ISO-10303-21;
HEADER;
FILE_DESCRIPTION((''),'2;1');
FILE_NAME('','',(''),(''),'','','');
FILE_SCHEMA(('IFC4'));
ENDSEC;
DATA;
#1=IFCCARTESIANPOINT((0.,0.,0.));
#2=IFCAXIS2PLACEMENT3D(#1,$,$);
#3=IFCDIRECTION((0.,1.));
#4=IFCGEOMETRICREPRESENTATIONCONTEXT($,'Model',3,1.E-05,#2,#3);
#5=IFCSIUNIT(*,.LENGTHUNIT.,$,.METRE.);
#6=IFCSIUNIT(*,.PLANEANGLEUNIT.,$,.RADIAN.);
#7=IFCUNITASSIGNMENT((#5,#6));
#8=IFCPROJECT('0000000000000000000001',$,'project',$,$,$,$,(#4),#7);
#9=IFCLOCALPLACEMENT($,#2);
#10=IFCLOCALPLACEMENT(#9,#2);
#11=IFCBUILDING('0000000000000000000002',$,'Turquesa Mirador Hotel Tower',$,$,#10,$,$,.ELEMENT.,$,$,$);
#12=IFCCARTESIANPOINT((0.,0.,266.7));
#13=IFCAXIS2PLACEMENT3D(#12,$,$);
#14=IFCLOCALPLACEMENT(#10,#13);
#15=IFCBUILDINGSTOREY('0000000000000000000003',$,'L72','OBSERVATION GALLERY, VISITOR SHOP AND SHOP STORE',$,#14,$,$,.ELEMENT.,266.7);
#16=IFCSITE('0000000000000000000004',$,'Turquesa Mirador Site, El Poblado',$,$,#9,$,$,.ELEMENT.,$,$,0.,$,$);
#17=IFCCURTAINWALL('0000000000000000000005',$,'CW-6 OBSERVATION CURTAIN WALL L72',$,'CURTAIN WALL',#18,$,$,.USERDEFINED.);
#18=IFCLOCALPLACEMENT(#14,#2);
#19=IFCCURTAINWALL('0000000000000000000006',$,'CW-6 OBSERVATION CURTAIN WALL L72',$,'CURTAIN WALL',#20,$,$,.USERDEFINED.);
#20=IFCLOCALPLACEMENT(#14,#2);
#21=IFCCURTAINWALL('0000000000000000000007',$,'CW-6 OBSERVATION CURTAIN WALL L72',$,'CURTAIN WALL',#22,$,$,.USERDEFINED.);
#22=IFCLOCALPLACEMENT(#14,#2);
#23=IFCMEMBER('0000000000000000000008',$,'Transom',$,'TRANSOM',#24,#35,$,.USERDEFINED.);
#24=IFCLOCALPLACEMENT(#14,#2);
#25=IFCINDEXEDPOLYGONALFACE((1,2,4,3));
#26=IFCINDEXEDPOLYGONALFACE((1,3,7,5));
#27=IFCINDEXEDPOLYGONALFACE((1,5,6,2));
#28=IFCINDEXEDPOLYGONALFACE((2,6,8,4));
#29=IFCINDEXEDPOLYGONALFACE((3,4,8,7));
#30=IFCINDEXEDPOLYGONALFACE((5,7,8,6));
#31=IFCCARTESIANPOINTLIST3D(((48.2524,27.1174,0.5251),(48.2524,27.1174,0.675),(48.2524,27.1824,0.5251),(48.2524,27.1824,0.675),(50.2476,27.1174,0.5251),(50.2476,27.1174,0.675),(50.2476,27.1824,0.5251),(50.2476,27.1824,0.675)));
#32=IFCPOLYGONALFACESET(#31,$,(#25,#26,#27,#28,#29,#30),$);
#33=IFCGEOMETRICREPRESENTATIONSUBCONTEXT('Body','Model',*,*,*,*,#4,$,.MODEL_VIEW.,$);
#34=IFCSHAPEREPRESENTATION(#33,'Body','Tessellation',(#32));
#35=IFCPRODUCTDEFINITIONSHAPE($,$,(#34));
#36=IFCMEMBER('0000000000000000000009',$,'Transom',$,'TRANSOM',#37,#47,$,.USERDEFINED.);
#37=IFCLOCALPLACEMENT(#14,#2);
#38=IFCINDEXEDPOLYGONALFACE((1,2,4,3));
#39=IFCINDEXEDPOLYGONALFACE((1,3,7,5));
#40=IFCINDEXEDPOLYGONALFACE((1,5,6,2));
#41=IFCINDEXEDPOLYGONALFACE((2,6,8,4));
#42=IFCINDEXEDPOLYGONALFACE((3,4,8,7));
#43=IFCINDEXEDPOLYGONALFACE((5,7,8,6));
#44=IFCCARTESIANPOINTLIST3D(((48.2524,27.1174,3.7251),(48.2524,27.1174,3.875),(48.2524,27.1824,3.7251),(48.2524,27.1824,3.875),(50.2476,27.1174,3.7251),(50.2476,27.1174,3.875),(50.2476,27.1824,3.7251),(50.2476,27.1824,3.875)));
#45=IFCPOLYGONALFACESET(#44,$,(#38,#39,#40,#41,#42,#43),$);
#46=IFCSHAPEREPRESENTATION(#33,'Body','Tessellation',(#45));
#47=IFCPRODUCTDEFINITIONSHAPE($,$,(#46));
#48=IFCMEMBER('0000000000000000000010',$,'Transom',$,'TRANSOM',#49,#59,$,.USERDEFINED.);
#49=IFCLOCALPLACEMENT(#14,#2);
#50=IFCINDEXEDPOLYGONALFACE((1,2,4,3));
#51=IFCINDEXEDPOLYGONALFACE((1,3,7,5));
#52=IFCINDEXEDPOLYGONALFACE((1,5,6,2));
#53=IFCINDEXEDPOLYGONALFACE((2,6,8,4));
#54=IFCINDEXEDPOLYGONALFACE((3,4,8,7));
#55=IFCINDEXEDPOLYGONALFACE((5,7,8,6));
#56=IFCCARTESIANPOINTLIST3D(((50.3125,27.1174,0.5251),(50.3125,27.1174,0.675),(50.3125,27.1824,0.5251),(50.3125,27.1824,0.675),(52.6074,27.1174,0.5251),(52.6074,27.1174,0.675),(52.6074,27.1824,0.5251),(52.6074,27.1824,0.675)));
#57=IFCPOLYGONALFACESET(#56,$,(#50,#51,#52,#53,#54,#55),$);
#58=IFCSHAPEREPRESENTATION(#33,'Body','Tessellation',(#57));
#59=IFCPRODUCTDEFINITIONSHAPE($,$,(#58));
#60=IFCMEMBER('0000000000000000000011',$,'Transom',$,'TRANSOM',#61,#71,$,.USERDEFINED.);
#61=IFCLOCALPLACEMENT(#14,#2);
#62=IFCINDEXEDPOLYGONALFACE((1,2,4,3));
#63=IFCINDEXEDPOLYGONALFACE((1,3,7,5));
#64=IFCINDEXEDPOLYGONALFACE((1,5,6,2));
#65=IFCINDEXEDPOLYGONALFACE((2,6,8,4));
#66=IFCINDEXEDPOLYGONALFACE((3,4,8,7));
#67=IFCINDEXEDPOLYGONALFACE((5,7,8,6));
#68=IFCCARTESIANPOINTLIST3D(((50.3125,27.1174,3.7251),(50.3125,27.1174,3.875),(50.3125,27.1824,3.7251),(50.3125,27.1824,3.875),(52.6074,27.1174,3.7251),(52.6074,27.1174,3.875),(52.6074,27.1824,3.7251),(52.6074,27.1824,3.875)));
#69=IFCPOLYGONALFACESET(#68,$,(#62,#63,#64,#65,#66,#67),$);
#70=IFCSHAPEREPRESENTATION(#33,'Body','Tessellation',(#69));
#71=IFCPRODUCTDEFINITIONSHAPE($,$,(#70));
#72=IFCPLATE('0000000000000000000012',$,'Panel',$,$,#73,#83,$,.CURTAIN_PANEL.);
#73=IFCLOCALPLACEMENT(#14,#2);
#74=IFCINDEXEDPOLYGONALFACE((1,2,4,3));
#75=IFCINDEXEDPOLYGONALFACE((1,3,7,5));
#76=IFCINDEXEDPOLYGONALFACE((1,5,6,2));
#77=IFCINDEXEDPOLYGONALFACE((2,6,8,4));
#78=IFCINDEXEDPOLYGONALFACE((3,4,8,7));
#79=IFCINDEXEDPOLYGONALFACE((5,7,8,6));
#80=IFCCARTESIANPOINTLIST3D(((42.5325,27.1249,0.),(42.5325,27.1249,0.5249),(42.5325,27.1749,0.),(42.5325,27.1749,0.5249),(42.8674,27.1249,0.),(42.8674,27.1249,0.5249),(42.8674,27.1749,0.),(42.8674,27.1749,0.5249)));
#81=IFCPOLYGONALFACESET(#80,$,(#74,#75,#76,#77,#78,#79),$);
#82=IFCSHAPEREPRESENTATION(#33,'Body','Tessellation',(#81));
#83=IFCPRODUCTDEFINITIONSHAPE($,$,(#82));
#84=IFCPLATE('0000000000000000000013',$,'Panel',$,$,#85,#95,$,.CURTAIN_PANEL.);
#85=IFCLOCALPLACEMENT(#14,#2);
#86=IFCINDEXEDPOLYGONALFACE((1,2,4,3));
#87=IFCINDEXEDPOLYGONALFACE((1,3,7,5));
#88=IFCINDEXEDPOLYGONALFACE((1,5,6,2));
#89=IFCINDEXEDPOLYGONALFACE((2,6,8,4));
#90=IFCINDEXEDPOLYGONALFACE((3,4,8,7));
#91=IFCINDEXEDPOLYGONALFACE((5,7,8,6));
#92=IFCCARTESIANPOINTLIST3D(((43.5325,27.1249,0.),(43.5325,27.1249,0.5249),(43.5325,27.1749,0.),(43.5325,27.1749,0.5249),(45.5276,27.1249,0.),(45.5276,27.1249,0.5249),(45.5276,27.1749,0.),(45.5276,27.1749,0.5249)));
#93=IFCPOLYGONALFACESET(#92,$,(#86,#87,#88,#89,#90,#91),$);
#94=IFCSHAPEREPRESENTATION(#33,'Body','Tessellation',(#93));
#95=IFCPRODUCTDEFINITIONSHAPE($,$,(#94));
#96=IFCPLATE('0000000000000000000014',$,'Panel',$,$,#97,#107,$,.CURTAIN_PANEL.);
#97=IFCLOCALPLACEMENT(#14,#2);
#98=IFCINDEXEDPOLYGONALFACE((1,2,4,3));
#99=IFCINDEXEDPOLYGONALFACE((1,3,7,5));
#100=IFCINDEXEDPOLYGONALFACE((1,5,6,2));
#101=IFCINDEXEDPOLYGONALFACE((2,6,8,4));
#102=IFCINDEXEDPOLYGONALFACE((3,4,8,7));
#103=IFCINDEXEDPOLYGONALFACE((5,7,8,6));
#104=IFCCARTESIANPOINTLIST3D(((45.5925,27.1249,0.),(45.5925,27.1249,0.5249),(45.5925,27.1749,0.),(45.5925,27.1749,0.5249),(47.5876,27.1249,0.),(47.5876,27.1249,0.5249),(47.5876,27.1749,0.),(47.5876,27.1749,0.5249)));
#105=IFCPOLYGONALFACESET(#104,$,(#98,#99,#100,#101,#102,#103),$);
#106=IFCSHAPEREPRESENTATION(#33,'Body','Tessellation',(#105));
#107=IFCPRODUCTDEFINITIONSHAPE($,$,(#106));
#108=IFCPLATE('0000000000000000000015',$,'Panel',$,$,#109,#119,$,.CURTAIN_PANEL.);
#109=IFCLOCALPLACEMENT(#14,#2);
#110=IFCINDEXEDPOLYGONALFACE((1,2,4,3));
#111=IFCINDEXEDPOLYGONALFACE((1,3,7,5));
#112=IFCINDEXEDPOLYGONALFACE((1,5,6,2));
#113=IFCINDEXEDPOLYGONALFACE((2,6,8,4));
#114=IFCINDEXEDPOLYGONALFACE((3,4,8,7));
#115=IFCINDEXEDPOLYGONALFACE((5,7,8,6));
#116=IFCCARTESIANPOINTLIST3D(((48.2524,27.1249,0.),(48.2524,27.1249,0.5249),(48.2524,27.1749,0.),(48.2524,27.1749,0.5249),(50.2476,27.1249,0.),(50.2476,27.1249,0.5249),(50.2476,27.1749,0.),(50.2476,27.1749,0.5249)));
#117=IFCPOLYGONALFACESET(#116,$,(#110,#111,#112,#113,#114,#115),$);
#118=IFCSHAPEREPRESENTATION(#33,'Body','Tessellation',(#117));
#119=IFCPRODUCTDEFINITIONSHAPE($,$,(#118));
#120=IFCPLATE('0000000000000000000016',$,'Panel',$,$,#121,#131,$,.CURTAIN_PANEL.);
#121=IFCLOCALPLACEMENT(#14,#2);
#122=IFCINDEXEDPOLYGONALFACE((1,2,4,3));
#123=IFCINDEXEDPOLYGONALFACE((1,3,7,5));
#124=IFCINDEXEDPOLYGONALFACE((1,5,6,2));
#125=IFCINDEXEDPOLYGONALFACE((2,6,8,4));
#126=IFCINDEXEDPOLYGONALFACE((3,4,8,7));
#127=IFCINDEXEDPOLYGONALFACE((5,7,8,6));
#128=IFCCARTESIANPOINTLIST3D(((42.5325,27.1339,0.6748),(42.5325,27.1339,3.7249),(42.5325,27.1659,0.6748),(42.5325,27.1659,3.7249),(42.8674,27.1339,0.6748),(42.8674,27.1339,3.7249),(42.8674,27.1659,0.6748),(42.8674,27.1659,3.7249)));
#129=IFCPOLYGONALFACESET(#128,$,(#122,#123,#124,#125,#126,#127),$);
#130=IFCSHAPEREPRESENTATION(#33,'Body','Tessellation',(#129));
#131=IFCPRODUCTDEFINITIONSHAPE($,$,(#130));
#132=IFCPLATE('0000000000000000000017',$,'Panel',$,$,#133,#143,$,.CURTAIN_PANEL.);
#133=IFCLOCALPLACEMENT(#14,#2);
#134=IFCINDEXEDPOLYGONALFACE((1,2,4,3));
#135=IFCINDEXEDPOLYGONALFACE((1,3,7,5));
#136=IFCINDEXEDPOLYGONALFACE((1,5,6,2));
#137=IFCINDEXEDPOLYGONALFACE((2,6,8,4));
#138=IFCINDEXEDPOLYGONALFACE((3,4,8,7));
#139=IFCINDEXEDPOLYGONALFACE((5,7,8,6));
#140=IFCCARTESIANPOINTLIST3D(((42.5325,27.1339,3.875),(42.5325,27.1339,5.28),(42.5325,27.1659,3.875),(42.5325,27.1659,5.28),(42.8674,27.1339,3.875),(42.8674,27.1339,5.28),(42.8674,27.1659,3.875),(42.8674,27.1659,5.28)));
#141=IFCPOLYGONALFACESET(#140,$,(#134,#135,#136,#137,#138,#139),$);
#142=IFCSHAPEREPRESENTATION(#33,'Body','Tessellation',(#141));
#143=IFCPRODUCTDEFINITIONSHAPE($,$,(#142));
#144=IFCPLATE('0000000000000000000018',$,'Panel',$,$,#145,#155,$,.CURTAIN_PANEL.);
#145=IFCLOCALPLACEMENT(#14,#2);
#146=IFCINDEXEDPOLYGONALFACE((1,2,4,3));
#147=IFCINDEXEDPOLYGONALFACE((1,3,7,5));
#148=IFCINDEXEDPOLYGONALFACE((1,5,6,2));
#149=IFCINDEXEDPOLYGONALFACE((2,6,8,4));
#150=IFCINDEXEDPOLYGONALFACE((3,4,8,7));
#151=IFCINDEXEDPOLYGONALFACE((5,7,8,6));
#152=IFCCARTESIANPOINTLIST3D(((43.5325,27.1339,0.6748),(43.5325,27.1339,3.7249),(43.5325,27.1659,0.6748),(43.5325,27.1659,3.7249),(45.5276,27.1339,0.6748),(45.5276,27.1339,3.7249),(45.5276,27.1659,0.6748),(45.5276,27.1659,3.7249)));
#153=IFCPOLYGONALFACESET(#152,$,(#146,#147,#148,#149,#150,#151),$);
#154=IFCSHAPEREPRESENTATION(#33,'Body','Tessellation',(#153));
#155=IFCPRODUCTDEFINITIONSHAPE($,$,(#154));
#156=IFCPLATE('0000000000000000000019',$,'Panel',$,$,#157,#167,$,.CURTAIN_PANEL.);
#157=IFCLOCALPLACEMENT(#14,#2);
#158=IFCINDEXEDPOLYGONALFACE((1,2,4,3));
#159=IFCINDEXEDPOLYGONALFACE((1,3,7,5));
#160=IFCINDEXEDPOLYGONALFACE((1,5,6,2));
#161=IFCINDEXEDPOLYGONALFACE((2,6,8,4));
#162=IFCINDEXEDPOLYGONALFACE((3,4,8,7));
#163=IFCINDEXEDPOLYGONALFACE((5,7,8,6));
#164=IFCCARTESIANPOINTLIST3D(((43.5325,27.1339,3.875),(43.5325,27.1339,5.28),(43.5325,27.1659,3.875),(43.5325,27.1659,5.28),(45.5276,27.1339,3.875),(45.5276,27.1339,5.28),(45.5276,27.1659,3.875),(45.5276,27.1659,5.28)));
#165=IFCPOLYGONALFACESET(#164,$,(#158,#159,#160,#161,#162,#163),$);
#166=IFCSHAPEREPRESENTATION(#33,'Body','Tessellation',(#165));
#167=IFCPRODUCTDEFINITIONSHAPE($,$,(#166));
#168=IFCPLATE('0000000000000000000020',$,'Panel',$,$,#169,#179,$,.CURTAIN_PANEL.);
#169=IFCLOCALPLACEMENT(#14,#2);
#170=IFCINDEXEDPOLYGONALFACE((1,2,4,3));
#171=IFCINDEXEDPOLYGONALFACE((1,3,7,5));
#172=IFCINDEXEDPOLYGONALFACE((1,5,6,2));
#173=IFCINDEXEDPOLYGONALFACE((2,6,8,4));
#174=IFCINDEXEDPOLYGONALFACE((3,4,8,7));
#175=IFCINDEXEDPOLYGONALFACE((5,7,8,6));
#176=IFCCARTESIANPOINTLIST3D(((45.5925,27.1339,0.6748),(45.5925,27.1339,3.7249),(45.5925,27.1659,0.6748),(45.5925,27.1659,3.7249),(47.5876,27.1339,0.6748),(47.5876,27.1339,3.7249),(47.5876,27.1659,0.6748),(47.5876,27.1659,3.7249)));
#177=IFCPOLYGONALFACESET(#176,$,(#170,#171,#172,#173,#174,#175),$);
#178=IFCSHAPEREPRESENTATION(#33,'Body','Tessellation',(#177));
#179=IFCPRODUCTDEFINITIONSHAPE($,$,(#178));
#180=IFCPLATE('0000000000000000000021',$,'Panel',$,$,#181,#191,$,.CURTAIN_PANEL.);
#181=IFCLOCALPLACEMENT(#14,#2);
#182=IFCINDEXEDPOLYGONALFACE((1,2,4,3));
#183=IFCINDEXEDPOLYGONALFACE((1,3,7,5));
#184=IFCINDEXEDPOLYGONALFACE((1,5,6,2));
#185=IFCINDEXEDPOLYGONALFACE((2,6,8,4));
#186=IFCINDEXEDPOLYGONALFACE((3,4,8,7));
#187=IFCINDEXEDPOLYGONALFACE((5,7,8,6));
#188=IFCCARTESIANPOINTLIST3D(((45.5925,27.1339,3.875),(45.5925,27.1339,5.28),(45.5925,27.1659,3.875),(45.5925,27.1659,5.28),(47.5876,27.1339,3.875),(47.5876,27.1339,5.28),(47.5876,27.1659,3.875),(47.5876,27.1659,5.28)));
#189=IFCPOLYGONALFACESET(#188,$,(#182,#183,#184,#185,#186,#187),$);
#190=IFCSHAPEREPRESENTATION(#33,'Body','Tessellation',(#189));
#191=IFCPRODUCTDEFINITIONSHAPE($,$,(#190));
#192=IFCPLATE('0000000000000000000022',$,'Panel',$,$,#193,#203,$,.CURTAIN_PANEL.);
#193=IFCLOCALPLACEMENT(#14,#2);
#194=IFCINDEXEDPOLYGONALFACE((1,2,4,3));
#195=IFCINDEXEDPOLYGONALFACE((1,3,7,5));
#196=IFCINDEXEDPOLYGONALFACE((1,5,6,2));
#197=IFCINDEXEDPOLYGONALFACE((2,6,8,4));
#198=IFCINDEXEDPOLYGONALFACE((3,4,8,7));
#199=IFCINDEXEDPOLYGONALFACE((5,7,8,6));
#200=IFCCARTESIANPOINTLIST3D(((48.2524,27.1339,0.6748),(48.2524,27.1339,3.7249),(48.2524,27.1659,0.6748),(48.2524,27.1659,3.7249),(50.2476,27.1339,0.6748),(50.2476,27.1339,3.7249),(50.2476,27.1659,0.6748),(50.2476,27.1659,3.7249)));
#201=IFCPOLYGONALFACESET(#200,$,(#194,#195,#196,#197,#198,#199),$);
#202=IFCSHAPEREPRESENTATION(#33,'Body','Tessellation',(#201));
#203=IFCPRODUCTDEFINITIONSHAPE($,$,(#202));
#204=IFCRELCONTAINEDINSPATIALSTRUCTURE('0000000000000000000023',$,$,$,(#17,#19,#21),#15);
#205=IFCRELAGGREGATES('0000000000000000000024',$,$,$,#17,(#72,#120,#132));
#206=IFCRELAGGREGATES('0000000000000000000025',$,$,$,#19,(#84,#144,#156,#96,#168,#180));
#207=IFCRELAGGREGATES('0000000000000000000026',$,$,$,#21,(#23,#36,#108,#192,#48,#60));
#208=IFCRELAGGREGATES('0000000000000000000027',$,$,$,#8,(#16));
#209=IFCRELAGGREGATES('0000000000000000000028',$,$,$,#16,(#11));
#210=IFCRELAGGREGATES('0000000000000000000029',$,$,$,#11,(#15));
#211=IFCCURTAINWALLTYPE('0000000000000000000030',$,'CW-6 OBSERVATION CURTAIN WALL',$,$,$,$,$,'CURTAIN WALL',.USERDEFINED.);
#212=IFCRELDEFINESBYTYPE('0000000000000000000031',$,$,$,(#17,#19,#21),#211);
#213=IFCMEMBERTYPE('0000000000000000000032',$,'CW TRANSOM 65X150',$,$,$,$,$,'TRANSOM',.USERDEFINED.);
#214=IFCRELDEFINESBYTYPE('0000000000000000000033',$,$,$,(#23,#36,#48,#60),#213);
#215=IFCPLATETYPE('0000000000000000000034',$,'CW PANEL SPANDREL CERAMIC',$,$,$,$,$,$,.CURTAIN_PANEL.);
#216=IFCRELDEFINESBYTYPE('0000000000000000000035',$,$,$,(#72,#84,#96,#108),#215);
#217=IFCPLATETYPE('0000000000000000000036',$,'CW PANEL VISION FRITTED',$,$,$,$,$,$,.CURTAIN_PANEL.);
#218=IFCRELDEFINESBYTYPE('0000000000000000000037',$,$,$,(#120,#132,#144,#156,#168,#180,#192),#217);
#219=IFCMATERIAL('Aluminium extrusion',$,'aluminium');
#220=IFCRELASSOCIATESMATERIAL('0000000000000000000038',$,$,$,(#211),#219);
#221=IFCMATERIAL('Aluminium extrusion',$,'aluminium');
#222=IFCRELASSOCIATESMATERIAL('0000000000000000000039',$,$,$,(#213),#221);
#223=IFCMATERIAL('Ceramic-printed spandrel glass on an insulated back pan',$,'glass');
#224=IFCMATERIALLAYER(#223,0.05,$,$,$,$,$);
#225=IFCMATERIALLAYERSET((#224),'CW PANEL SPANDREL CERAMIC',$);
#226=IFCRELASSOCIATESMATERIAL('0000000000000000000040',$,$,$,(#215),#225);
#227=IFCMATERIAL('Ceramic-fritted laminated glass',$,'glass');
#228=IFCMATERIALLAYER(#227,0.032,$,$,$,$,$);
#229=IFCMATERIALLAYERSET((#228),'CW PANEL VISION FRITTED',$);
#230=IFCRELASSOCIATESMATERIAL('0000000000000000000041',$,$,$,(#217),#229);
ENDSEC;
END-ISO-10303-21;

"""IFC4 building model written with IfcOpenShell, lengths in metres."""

from ifc_helpers import new_model, si_unit, direction, frame, origin, origin_2d, place, context, subcontext, project, spatial, rectangle, extrude, material, layer, layer_set, material_profile, profile_set, type_object, element, aggregate, save


model = new_model("IFC4")

# Units and contexts
model_context = context("Model", 3, precision=1e-05, world=origin(), true_north=direction((0.0, 1.0)))
body_context = subcontext(model_context, "Body", "Model", "MODEL_VIEW")
ifc_project = project(units=[si_unit("LENGTHUNIT", "METRE"), si_unit("PLANEANGLEUNIT", "RADIAN")], contexts=[model_context])

# Site, building, storey
site_placement = place(None, origin())
site = spatial("IfcSite", under=ifc_project, at=site_placement, Name="Turquesa Mirador Site, El Poblado", CompositionType="ELEMENT", RefElevation=0.0)
building_placement = place(site_placement, origin())
building = spatial("IfcBuilding", under=site, at=building_placement, Name="Turquesa Mirador Hotel Tower", CompositionType="ELEMENT")
storey_placement = place(building_placement, frame((0.0, 0.0, 266.7)))
storey = spatial("IfcBuildingStorey", under=building, at=storey_placement, Name="L72", Description="OBSERVATION GALLERY, VISITOR SHOP AND SHOP STORE", CompositionType="ELEMENT", Elevation=266.7)

# Curtain walls
ifc_material_1 = material(Name="Aluminium extrusion", Category="aluminium")
curtain_wall_type = type_object("IfcCurtainWallType", Name="CW-6 OBSERVATION CURTAIN WALL", ElementType="CURTAIN WALL", PredefinedType="USERDEFINED", material=ifc_material_1)
curtain_wall_1_placement = place(storey_placement, origin())
curtain_wall_1 = element("IfcCurtainWall", 1, at=curtain_wall_1_placement, inside=storey, type_object=curtain_wall_type, Name="CW-6 OBSERVATION CURTAIN WALL L72", ObjectType="CURTAIN WALL", PredefinedType="USERDEFINED")
curtain_wall_2_placement = place(storey_placement, origin())
curtain_wall_2 = element("IfcCurtainWall", 2, at=curtain_wall_2_placement, inside=storey, type_object=curtain_wall_type, Name="CW-6 OBSERVATION CURTAIN WALL L72", ObjectType="CURTAIN WALL", PredefinedType="USERDEFINED")
curtain_wall_3_placement = place(storey_placement, origin())
curtain_wall_3 = element("IfcCurtainWall", 3, at=curtain_wall_3_placement, inside=storey, type_object=curtain_wall_type, Name="CW-6 OBSERVATION CURTAIN WALL L72", ObjectType="CURTAIN WALL", PredefinedType="USERDEFINED")

# Members
ifc_material_2 = material(Name="Aluminium extrusion", Category="aluminium")
ifc_material_profile_1 = material_profile(ifc_material_2, rectangle(XDim=0.0649, YDim=0.1499, at=origin_2d()), Name="TRANSOM 65X150")
ifc_profile_set_1 = profile_set([ifc_material_profile_1], Name="Aluminium extrusion")
member_type_1 = type_object("IfcMemberType", Name="CW TRANSOM 65X150", ElementType="TRANSOM", PredefinedType="USERDEFINED", material=ifc_profile_set_1)
member_1_placement = place(storey_placement, frame((48.2524, 27.1499, 0.6001), z_axis=(1.0, 0.0, 0.0), x_axis=(0.0, 1.0, 0.0)))
member_1 = element("IfcMember", 4, at=member_1_placement, type_object=member_type_1, Name="Transom", ObjectType="TRANSOM", PredefinedType="USERDEFINED", context=body_context, shape_type="SweptSolid", body=[
    extrude(rectangle(XDim=0.0649, YDim=0.1499, at=origin_2d()), origin(), (0.0, 0.0, 1.0), 1.9951),
])
member_2_placement = place(storey_placement, frame((48.2524, 27.1499, 3.8), z_axis=(1.0, 0.0, 0.0), x_axis=(0.0, 1.0, 0.0)))
member_2 = element("IfcMember", 5, at=member_2_placement, type_object=member_type_1, Name="Transom", ObjectType="TRANSOM", PredefinedType="USERDEFINED", context=body_context, shape_type="SweptSolid", body=[
    extrude(rectangle(XDim=0.0649, YDim=0.1499, at=origin_2d()), origin(), (0.0, 0.0, 1.0), 1.9951),
])
member_3_placement = place(storey_placement, frame((50.3125, 27.1499, 0.6001), z_axis=(1.0, 0.0, 0.0), x_axis=(0.0, 1.0, 0.0)))
member_3 = element("IfcMember", 6, at=member_3_placement, type_object=member_type_1, Name="Transom", ObjectType="TRANSOM", PredefinedType="USERDEFINED", context=body_context, shape_type="SweptSolid", body=[
    extrude(rectangle(XDim=0.0649, YDim=0.1499, at=origin_2d()), origin(), (0.0, 0.0, 1.0), 2.2949),
])
member_4_placement = place(storey_placement, frame((50.3125, 27.1499, 3.8), z_axis=(1.0, 0.0, 0.0), x_axis=(0.0, 1.0, 0.0)))
member_4 = element("IfcMember", 7, at=member_4_placement, type_object=member_type_1, Name="Transom", ObjectType="TRANSOM", PredefinedType="USERDEFINED", context=body_context, shape_type="SweptSolid", body=[
    extrude(rectangle(XDim=0.0649, YDim=0.1499, at=origin_2d()), origin(), (0.0, 0.0, 1.0), 2.2949),
])

# Plates
ifc_material_3 = material(Name="Ceramic-printed spandrel glass on an insulated back pan", Category="glass")
ifc_layer_1 = layer(ifc_material_3, 0.05)
ifc_layer_set_1 = layer_set([ifc_layer_1], Name="CW PANEL SPANDREL CERAMIC")
plate_type_1 = type_object("IfcPlateType", Name="CW PANEL SPANDREL CERAMIC", PredefinedType="CURTAIN_PANEL", material=ifc_layer_set_1)
plate_1_placement = place(storey_placement, frame((42.7, 27.1499, 0.0), z_axis=(0.0, 0.0, 1.0), x_axis=(1.0, 0.0, 0.0)))
plate_1 = element("IfcPlate", 8, at=plate_1_placement, type_object=plate_type_1, Name="Panel", PredefinedType="CURTAIN_PANEL", context=body_context, shape_type="SweptSolid", body=[
    extrude(rectangle(XDim=0.335, YDim=0.05, at=origin_2d()), origin(), (0.0, 0.0, 1.0), 0.5249),
])
plate_2_placement = place(storey_placement, frame((44.53, 27.1499, 0.0), z_axis=(0.0, 0.0, 1.0), x_axis=(1.0, 0.0, 0.0)))
plate_2 = element("IfcPlate", 9, at=plate_2_placement, type_object=plate_type_1, Name="Panel", PredefinedType="CURTAIN_PANEL", context=body_context, shape_type="SweptSolid", body=[
    extrude(rectangle(XDim=1.9951, YDim=0.05, at=origin_2d()), origin(), (0.0, 0.0, 1.0), 0.5249),
])
plate_3_placement = place(storey_placement, frame((46.5901, 27.1499, 0.0), z_axis=(0.0, 0.0, 1.0), x_axis=(1.0, 0.0, 0.0)))
plate_3 = element("IfcPlate", 10, at=plate_3_placement, type_object=plate_type_1, Name="Panel", PredefinedType="CURTAIN_PANEL", context=body_context, shape_type="SweptSolid", body=[
    extrude(rectangle(XDim=1.9951, YDim=0.05, at=origin_2d()), origin(), (0.0, 0.0, 1.0), 0.5249),
])
plate_4_placement = place(storey_placement, frame((49.25, 27.1499, 0.0), z_axis=(0.0, 0.0, 1.0), x_axis=(1.0, 0.0, 0.0)))
plate_4 = element("IfcPlate", 11, at=plate_4_placement, type_object=plate_type_1, Name="Panel", PredefinedType="CURTAIN_PANEL", context=body_context, shape_type="SweptSolid", body=[
    extrude(rectangle(XDim=1.9951, YDim=0.05, at=origin_2d()), origin(), (0.0, 0.0, 1.0), 0.5249),
])
ifc_material_4 = material(Name="Ceramic-fritted laminated glass", Category="glass")
ifc_layer_2 = layer(ifc_material_4, 0.032)
ifc_layer_set_2 = layer_set([ifc_layer_2], Name="CW PANEL VISION FRITTED")
plate_type_2 = type_object("IfcPlateType", Name="CW PANEL VISION FRITTED", PredefinedType="CURTAIN_PANEL", material=ifc_layer_set_2)
plate_5_placement = place(storey_placement, frame((42.7, 27.1499, 0.6748), z_axis=(0.0, 0.0, 1.0), x_axis=(1.0, 0.0, 0.0)))
plate_5 = element("IfcPlate", 12, at=plate_5_placement, type_object=plate_type_2, Name="Panel", PredefinedType="CURTAIN_PANEL", context=body_context, shape_type="SweptSolid", body=[
    extrude(rectangle(XDim=0.335, YDim=0.032, at=origin_2d()), origin(), (0.0, 0.0, 1.0), 3.05),
])
plate_6_placement = place(storey_placement, frame((42.7, 27.1499, 3.875), z_axis=(0.0, 0.0, 1.0), x_axis=(1.0, 0.0, 0.0)))
plate_6 = element("IfcPlate", 13, at=plate_6_placement, type_object=plate_type_2, Name="Panel", PredefinedType="CURTAIN_PANEL", context=body_context, shape_type="SweptSolid", body=[
    extrude(rectangle(XDim=0.335, YDim=0.032, at=origin_2d()), origin(), (0.0, 0.0, 1.0), 1.405),
])
aggregate(curtain_wall_1, [plate_1, plate_5, plate_6])
plate_7_placement = place(storey_placement, frame((44.53, 27.1499, 0.6748), z_axis=(0.0, 0.0, 1.0), x_axis=(1.0, 0.0, 0.0)))
plate_7 = element("IfcPlate", 14, at=plate_7_placement, type_object=plate_type_2, Name="Panel", PredefinedType="CURTAIN_PANEL", context=body_context, shape_type="SweptSolid", body=[
    extrude(rectangle(XDim=1.9951, YDim=0.032, at=origin_2d()), origin(), (0.0, 0.0, 1.0), 3.05),
])
plate_8_placement = place(storey_placement, frame((44.53, 27.1499, 3.875), z_axis=(0.0, 0.0, 1.0), x_axis=(1.0, 0.0, 0.0)))
plate_8 = element("IfcPlate", 15, at=plate_8_placement, type_object=plate_type_2, Name="Panel", PredefinedType="CURTAIN_PANEL", context=body_context, shape_type="SweptSolid", body=[
    extrude(rectangle(XDim=1.9951, YDim=0.032, at=origin_2d()), origin(), (0.0, 0.0, 1.0), 1.405),
])
plate_9_placement = place(storey_placement, frame((46.5901, 27.1499, 0.6748), z_axis=(0.0, 0.0, 1.0), x_axis=(1.0, 0.0, 0.0)))
plate_9 = element("IfcPlate", 16, at=plate_9_placement, type_object=plate_type_2, Name="Panel", PredefinedType="CURTAIN_PANEL", context=body_context, shape_type="SweptSolid", body=[
    extrude(rectangle(XDim=1.9951, YDim=0.032, at=origin_2d()), origin(), (0.0, 0.0, 1.0), 3.05),
])
plate_10_placement = place(storey_placement, frame((46.5901, 27.1499, 3.875), z_axis=(0.0, 0.0, 1.0), x_axis=(1.0, 0.0, 0.0)))
plate_10 = element("IfcPlate", 17, at=plate_10_placement, type_object=plate_type_2, Name="Panel", PredefinedType="CURTAIN_PANEL", context=body_context, shape_type="SweptSolid", body=[
    extrude(rectangle(XDim=1.9951, YDim=0.032, at=origin_2d()), origin(), (0.0, 0.0, 1.0), 1.405),
])
aggregate(curtain_wall_2, [plate_2, plate_7, plate_8, plate_3, plate_9, plate_10])
plate_11_placement = place(storey_placement, frame((49.25, 27.1499, 0.6748), z_axis=(0.0, 0.0, 1.0), x_axis=(1.0, 0.0, 0.0)))
plate_11 = element("IfcPlate", 18, at=plate_11_placement, type_object=plate_type_2, Name="Panel", PredefinedType="CURTAIN_PANEL", context=body_context, shape_type="SweptSolid", body=[
    extrude(rectangle(XDim=1.9951, YDim=0.032, at=origin_2d()), origin(), (0.0, 0.0, 1.0), 3.05),
])
aggregate(curtain_wall_3, [member_1, member_2, plate_4, plate_11, member_3, member_4])

save(model, "model.ifc")
